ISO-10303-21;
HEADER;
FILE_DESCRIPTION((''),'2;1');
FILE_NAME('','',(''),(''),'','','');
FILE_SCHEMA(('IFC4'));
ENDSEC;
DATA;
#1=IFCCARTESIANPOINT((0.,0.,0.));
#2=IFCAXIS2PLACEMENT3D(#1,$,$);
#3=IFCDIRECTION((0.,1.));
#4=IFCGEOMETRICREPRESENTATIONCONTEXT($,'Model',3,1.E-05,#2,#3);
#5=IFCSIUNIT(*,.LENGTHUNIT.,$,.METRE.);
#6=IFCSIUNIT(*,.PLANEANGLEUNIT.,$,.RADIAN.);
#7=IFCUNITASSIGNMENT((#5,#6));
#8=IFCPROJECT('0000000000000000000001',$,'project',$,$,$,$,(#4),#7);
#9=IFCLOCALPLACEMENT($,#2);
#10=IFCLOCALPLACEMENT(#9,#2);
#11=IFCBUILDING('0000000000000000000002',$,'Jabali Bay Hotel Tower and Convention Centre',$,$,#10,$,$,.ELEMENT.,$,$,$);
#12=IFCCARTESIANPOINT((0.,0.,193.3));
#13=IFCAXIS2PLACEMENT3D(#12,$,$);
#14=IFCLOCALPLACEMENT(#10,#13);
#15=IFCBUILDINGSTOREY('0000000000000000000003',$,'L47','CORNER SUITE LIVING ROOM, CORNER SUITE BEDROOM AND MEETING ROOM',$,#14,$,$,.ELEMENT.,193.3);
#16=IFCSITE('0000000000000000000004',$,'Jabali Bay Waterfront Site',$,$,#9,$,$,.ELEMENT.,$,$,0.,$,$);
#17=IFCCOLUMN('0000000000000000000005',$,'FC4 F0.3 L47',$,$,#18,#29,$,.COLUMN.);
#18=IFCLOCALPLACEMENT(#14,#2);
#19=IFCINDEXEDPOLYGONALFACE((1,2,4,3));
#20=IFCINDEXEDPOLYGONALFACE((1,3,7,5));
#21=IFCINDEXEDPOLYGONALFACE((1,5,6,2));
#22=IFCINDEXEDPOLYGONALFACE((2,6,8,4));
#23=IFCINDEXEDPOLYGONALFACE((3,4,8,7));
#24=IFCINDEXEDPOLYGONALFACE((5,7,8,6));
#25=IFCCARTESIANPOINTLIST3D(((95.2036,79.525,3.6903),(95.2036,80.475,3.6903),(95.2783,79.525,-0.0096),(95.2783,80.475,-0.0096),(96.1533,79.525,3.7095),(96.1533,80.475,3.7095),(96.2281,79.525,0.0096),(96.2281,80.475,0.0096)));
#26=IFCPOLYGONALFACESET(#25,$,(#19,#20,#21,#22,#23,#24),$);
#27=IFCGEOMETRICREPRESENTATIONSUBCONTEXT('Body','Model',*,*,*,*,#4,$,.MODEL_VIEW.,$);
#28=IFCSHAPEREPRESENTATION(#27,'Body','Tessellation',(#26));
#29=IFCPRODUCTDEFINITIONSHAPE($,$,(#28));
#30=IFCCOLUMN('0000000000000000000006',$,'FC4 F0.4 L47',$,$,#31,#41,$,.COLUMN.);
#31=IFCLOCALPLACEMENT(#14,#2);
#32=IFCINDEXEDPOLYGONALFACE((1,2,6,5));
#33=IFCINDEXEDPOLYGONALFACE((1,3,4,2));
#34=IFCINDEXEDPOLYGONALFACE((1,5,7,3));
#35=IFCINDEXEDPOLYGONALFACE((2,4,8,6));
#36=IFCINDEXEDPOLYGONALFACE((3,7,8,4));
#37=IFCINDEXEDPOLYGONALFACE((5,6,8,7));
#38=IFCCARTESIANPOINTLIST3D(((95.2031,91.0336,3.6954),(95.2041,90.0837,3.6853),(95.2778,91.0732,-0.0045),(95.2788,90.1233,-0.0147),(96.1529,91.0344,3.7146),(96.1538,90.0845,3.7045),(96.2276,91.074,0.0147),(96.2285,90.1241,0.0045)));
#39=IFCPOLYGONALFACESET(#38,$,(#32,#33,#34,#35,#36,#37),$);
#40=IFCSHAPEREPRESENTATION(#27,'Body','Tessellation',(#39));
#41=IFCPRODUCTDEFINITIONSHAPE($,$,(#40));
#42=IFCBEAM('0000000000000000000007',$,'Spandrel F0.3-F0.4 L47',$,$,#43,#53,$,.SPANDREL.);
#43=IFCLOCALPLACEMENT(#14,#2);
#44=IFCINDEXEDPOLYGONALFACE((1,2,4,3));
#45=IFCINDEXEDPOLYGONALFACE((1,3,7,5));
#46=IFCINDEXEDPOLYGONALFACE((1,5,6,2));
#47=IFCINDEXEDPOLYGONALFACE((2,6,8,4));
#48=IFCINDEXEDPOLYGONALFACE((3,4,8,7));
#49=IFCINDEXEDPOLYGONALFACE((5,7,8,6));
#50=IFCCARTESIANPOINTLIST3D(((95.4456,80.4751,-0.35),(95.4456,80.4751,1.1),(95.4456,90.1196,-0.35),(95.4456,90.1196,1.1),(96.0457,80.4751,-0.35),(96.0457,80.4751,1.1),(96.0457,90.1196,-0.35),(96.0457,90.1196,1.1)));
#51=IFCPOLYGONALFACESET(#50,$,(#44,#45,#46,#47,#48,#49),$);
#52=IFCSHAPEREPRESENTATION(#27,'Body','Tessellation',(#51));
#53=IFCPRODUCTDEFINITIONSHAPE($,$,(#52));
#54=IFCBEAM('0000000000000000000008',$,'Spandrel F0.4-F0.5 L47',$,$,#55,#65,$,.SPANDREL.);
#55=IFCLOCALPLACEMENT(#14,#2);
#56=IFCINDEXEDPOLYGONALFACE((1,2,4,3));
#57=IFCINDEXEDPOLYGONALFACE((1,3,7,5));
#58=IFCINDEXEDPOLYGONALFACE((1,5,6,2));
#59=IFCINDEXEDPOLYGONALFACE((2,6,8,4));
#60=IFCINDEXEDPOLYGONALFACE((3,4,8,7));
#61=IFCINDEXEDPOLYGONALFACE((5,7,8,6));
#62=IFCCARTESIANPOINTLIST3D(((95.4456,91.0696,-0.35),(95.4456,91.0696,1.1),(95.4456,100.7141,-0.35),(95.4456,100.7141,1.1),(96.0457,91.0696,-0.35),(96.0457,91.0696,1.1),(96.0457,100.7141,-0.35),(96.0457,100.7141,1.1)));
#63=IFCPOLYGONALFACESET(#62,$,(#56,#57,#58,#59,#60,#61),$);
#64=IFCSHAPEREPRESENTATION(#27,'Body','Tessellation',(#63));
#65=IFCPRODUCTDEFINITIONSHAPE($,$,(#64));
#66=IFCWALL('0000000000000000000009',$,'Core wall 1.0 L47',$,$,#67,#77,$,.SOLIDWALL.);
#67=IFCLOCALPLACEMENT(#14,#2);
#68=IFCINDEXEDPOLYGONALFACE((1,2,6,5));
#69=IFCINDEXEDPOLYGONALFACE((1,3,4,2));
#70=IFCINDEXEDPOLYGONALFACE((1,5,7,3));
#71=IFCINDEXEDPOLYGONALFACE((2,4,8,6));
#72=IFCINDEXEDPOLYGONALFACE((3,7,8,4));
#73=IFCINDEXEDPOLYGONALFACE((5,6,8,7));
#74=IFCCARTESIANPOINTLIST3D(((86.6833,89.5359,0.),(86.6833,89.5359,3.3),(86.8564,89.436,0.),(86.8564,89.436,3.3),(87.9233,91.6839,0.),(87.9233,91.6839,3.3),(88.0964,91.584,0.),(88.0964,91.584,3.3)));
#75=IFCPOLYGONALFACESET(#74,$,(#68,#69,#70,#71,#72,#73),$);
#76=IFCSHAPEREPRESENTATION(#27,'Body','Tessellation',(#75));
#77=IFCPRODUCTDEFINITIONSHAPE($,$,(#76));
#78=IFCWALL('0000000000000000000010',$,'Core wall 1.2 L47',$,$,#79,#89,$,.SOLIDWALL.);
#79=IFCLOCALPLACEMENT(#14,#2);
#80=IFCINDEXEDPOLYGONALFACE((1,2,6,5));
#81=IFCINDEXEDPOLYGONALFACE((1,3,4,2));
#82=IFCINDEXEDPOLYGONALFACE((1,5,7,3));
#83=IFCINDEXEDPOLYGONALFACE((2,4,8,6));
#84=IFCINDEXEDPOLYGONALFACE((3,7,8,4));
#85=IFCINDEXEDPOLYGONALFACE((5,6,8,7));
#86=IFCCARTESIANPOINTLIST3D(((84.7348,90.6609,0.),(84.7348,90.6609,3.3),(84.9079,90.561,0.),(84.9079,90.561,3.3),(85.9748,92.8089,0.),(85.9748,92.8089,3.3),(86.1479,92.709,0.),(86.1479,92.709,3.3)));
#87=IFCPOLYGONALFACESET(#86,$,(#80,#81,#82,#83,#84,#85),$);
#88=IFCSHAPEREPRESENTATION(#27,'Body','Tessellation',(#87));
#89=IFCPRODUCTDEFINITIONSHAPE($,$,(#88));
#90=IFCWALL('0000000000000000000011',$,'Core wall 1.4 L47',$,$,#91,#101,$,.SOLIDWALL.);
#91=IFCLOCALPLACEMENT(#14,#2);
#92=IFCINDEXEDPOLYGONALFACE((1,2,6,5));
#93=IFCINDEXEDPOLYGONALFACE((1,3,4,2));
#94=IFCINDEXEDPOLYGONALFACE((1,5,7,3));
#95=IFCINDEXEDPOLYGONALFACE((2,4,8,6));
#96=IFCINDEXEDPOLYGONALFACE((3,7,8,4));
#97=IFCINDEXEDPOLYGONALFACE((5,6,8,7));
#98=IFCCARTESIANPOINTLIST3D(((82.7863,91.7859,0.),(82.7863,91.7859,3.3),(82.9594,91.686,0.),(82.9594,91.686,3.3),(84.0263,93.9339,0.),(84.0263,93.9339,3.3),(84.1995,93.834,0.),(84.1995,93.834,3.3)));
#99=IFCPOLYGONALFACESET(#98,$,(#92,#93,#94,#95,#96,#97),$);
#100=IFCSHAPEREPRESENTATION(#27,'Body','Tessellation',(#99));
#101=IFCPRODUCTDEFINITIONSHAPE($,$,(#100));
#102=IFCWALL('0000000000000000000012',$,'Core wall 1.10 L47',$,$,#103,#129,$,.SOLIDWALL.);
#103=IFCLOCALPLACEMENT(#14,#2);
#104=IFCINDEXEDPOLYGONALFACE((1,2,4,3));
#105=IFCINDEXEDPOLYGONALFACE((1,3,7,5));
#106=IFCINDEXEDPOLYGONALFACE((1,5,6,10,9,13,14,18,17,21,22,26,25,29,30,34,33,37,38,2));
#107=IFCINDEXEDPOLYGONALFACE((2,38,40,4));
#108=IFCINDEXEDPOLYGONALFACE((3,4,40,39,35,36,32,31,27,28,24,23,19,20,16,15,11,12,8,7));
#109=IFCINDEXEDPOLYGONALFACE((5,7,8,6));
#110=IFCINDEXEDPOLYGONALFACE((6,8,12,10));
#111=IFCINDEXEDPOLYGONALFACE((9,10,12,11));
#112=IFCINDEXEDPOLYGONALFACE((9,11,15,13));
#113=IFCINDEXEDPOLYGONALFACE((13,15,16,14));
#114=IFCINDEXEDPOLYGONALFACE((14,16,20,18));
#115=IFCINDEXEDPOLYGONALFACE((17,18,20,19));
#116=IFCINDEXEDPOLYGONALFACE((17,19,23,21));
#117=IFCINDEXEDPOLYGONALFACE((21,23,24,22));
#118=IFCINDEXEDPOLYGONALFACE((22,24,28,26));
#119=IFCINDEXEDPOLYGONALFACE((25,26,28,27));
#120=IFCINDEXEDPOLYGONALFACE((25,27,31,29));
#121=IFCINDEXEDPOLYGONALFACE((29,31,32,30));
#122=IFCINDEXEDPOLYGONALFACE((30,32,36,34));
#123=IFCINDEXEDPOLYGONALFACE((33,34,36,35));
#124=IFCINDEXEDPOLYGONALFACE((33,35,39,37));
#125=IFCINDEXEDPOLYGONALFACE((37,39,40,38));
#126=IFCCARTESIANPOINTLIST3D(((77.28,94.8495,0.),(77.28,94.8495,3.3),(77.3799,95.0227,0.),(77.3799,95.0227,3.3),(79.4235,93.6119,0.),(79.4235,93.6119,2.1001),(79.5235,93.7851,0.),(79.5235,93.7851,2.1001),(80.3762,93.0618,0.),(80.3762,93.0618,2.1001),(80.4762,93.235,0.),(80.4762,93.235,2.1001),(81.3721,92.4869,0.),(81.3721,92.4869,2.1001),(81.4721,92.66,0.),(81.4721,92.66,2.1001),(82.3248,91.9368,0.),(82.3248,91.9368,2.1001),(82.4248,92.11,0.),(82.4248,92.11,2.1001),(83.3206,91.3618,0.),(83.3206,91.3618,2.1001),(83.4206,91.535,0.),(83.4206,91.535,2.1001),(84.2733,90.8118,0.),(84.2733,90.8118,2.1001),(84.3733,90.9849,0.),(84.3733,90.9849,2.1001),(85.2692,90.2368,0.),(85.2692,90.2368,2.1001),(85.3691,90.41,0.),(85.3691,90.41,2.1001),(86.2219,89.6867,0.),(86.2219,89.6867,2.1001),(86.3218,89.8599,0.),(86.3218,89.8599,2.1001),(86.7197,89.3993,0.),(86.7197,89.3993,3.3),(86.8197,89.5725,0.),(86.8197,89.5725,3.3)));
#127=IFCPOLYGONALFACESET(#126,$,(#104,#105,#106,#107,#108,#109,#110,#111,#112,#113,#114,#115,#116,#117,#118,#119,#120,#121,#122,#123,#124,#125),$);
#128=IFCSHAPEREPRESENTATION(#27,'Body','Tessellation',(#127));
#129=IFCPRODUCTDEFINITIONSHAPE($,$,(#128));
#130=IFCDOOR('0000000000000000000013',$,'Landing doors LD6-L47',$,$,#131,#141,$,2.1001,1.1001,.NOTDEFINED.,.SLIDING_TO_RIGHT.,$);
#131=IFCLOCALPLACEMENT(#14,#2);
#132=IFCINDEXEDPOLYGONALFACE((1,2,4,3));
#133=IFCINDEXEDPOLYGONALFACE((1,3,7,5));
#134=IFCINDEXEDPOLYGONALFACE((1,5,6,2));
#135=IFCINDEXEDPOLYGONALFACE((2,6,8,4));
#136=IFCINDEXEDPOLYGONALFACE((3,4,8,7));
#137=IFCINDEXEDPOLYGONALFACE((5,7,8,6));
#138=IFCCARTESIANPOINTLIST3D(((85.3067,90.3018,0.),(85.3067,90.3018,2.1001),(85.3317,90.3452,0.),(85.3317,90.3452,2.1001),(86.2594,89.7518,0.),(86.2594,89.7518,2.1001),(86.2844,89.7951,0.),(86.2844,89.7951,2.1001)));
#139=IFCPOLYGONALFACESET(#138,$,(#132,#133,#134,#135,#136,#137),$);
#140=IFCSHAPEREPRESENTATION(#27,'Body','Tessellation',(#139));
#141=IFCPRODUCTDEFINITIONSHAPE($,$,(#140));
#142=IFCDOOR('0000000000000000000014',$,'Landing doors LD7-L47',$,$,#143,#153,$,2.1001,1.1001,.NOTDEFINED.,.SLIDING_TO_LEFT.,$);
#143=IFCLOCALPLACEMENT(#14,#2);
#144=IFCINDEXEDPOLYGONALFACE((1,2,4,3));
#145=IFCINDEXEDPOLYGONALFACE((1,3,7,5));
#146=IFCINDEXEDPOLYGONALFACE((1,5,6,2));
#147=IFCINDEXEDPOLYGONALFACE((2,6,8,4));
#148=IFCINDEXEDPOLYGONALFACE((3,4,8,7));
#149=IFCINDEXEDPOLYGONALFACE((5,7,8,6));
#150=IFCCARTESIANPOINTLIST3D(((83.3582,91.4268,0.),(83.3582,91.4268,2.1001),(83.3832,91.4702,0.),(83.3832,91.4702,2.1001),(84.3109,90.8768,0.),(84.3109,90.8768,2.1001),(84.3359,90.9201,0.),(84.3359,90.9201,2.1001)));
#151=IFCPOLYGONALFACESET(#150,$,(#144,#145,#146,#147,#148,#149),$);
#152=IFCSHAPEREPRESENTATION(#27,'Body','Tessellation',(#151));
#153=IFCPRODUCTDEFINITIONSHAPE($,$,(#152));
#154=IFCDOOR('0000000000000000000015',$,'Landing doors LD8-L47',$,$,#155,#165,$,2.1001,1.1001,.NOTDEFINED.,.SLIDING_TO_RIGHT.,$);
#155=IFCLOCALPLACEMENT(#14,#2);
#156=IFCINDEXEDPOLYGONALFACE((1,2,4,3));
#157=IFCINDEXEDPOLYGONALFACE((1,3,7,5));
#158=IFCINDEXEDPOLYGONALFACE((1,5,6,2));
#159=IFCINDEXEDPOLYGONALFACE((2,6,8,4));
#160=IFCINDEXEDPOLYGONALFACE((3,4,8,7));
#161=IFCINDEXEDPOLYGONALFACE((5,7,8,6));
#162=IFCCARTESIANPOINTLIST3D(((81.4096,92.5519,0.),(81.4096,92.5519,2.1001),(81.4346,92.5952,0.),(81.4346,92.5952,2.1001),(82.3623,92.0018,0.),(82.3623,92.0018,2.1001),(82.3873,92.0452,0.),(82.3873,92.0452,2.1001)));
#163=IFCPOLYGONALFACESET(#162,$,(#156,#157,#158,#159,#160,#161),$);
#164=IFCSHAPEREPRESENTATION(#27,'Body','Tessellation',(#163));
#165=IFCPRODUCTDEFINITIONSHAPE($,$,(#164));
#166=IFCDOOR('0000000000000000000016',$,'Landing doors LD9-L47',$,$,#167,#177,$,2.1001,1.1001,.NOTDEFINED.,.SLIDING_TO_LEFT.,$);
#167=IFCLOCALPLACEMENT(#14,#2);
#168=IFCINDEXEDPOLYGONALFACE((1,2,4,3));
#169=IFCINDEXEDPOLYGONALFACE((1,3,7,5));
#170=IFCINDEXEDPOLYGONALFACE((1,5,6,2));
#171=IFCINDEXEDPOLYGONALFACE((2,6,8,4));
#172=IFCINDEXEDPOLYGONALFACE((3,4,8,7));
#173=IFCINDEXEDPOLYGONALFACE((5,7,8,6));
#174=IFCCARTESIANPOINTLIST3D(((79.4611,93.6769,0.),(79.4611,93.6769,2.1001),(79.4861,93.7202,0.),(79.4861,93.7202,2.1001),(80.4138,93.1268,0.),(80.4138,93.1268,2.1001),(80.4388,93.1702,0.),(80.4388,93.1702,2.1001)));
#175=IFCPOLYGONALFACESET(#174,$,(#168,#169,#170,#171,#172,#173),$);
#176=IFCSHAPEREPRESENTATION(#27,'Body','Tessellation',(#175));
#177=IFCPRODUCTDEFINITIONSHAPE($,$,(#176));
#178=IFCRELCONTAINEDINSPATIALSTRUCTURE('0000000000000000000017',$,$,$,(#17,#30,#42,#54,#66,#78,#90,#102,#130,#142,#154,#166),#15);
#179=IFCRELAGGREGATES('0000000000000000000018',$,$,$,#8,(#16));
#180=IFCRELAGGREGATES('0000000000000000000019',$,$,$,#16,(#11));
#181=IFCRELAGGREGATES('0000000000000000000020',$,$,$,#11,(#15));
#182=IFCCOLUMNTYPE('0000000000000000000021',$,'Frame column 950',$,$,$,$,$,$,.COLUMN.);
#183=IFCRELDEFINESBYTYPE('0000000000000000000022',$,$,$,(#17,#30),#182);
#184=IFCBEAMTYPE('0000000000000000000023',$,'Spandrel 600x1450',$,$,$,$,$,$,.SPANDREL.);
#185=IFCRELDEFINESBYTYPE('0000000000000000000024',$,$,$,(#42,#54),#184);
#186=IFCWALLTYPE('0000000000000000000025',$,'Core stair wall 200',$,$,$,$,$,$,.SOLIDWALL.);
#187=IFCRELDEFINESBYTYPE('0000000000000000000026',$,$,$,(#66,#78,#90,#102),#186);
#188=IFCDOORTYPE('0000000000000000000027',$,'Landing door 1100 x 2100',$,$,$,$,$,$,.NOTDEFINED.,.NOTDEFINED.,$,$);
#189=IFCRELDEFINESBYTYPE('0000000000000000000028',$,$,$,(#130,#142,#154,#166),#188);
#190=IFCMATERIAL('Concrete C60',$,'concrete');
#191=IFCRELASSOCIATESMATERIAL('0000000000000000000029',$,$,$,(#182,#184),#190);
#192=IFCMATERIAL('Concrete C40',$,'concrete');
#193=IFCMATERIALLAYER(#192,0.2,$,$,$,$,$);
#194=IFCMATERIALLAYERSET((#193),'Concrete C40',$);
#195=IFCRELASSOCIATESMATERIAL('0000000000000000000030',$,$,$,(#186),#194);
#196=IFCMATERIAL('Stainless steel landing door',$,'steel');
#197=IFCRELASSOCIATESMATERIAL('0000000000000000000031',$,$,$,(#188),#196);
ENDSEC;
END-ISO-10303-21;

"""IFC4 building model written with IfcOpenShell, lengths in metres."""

from ifc_helpers import new_model, si_unit, direction, frame, frame_2d, origin, origin_2d, place, context, subcontext, project, spatial, rectangle, extrude, material, layer, layer_set, material_profile, profile_set, type_object, element, fill, save


model = new_model("IFC4")

# Units and contexts
model_context = context("Model", 3, precision=1e-05, world=origin(), true_north=direction((0.0, 1.0)))
body_context = subcontext(model_context, "Body", "Model", "MODEL_VIEW")
ifc_project = project(units=[si_unit("LENGTHUNIT", "METRE"), si_unit("PLANEANGLEUNIT", "RADIAN")], contexts=[model_context])

# Site, building, storey
site_placement = place(None, origin())
site = spatial("IfcSite", under=ifc_project, at=site_placement, Name="Jabali Bay Waterfront Site", CompositionType="ELEMENT", RefElevation=0.0)
building_placement = place(site_placement, origin())
building = spatial("IfcBuilding", under=site, at=building_placement, Name="Jabali Bay Hotel Tower and Convention Centre", CompositionType="ELEMENT")
storey_placement = place(building_placement, frame((0.0, 0.0, 193.3)))
storey = spatial("IfcBuildingStorey", under=building, at=storey_placement, Name="L47", Description="CORNER SUITE LIVING ROOM, CORNER SUITE BEDROOM AND MEETING ROOM", CompositionType="ELEMENT", Elevation=193.3)

# Columns
ifc_material_1 = material(Name="Concrete C60", Category="concrete")
ifc_material_profile_1 = material_profile(ifc_material_1, rectangle(XDim=0.95, YDim=0.95, at=origin_2d()), Name="Frame column 950")
ifc_profile_set_1 = profile_set([ifc_material_profile_1], Name="Concrete C60")
column_type = type_object("IfcColumnType", Name="Frame column 950", PredefinedType="COLUMN", material=ifc_profile_set_1)
column_1_placement = place(storey_placement, frame((95.7532, 80.0, 0.0), z_axis=(-0.020187, 0.0, 0.999796), x_axis=(0.0, -1.0, 0.0)))
element("IfcColumn", 1, at=column_1_placement, inside=storey, type_object=column_type, Name="FC4 F0.3 L47", PredefinedType="COLUMN", context=body_context, shape_type="SweptSolid", body=[
    extrude(rectangle(XDim=0.95, YDim=0.95, at=origin_2d()), origin(), (0.0, 0.0, 1.0), 3.7007),
])
column_2_placement = place(storey_placement, frame((95.7532, 90.5986, 0.0), z_axis=(-0.020186, -0.010687, 0.999739), x_axis=(0.999796, 0.000813, 0.020196)))
element("IfcColumn", 2, at=column_2_placement, inside=storey, type_object=column_type, Name="FC4 F0.4 L47", PredefinedType="COLUMN", context=body_context, shape_type="SweptSolid", body=[
    extrude(rectangle(XDim=0.95, YDim=0.95, at=origin_2d()), origin(), (0.0, 0.0, 1.0), 3.7009),
])

# Beams
ifc_material_profile_2 = material_profile(ifc_material_1, rectangle(XDim=0.6001, YDim=1.45, at=origin_2d()), Name="Spandrel 600x1450")
ifc_profile_set_2 = profile_set([ifc_material_profile_2], Name="Concrete C60")
beam_type = type_object("IfcBeamType", Name="Spandrel 600x1450", PredefinedType="SPANDREL", material=ifc_profile_set_2)
for number, where, z_axis, x_axis, name in (
    (3, (95.7456, 80.4751, 0.375), (0.0, 1.0, 0.0), (-1.0, 0.0, 0.0), "Spandrel F0.3-F0.4 L47"),
    (4, (95.7456, 91.0696, 0.375), (0.0, 1.0, 0.0), (-1.0, 0.0, 0.0), "Spandrel F0.4-F0.5 L47"),
):
    element("IfcBeam", number, at=place(storey_placement, frame(where, z_axis=z_axis, x_axis=x_axis)), inside=storey, type_object=beam_type, Name=name, PredefinedType="SPANDREL", context=body_context, shape_type="SweptSolid", body=[
        extrude(rectangle(XDim=0.6001, YDim=1.45, at=origin_2d()), origin(), (0.0, 0.0, 1.0), 9.6445),
    ])

# Walls
ifc_material_2 = material(Name="Concrete C40", Category="concrete")
ifc_layer_1 = layer(ifc_material_2, 0.2)
ifc_layer_set_1 = layer_set([ifc_layer_1], Name="Concrete C40")
wall_type_1 = type_object("IfcWallType", Name="Core stair wall 200", PredefinedType="SOLIDWALL", material=ifc_layer_set_1)
for number, where, z_axis, x_axis, name in (
    (5, (86.7698, 89.4858, 0.0), (0.0, 0.0, 1.0), (0.499961, 0.866048, 0.0), "Core wall 1.0 L47"),
    (6, (84.8213, 90.6108, 0.0), (0.0, 0.0, 1.0), (0.499961, 0.866048, 0.0), "Core wall 1.2 L47"),
    (7, (82.8728, 91.7358, 0.0), (0.0, 0.0, 1.0), (0.499961, 0.866048, 0.0), "Core wall 1.4 L47"),
):
    element("IfcWall", number, at=place(storey_placement, frame(where, z_axis=z_axis, x_axis=x_axis)), inside=storey, type_object=wall_type_1, Name=name, PredefinedType="SOLIDWALL", context=body_context, shape_type="SweptSolid", body=[
        extrude(rectangle(XDim=2.4802, YDim=0.2, at=frame_2d((1.2402, 0.0))), origin(), (0.0, 0.0, 1.0), 3.3),
    ])

# Wall, openings, doors
wall_1_placement = place(storey_placement, frame((86.7698, 89.4858, 0.0), z_axis=(0.0, 0.0, 1.0), x_axis=(-0.866018, 0.500013, 0.0)))
wall_1 = element("IfcWall", 8, at=wall_1_placement, inside=storey, type_object=wall_type_1, Name="Core wall 1.10 L47", PredefinedType="SOLIDWALL", context=body_context, shape_type="SweptSolid", body=[
    extrude(rectangle(XDim=10.9001, YDim=0.2, at=frame_2d((5.4502, 0.0))), origin(), (0.0, 0.0, 1.0), 3.3),
])
opening_1_placement = place(wall_1_placement, frame((0.575, 0.0, 0.0)))
opening_1 = element("IfcOpeningElement", 9, at=opening_1_placement, cuts=wall_1, PredefinedType="OPENING", context=body_context, shape_type="SweptSolid", body=[
    extrude(rectangle(XDim=1.1001, YDim=2.1001, at=frame_2d((0.55, 1.05))), frame((0.0, 0.1104, 0.0), z_axis=(0.0, -1.0, 0.0), x_axis=(1.0, 0.0, 0.0)), (0.0, 0.0, 1.0), 0.2209),
])
opening_2_placement = place(wall_1_placement, frame((2.825, 0.0, 0.0)))
opening_2 = element("IfcOpeningElement", 10, at=opening_2_placement, cuts=wall_1, PredefinedType="OPENING", context=body_context, shape_type="SweptSolid", body=[
    extrude(rectangle(XDim=1.1001, YDim=2.1001, at=frame_2d((0.55, 1.05))), frame((0.0, 0.1104, 0.0), z_axis=(0.0, -1.0, 0.0), x_axis=(1.0, 0.0, 0.0)), (0.0, 0.0, 1.0), 0.2209),
])
opening_3_placement = place(wall_1_placement, frame((5.075, 0.0, 0.0)))
opening_3 = element("IfcOpeningElement", 11, at=opening_3_placement, cuts=wall_1, PredefinedType="OPENING", context=body_context, shape_type="SweptSolid", body=[
    extrude(rectangle(XDim=1.1001, YDim=2.1001, at=frame_2d((0.55, 1.05))), frame((0.0, 0.1104, 0.0), z_axis=(0.0, -1.0, 0.0), x_axis=(1.0, 0.0, 0.0)), (0.0, 0.0, 1.0), 0.2209),
])
opening_4_placement = place(wall_1_placement, frame((7.325, 0.0, 0.0)))
opening_4 = element("IfcOpeningElement", 12, at=opening_4_placement, cuts=wall_1, PredefinedType="OPENING", context=body_context, shape_type="SweptSolid", body=[
    extrude(rectangle(XDim=1.1001, YDim=2.1001, at=frame_2d((0.55, 1.05))), frame((0.0, 0.1104, 0.0), z_axis=(0.0, -1.0, 0.0), x_axis=(1.0, 0.0, 0.0)), (0.0, 0.0, 1.0), 0.2209),
])
ifc_material_3 = material(Name="Stainless steel landing door", Category="steel")
door_type_1 = type_object("IfcDoorType", Name="Landing door 1100 x 2100", OperationType="NOTDEFINED", PredefinedType="NOTDEFINED", material=ifc_material_3)
door_1_placement = place(opening_1_placement, origin())
door_1 = element("IfcDoor", 13, at=door_1_placement, inside=storey, type_object=door_type_1, Name="Landing doors LD6-L47", OperationType="SLIDING_TO_RIGHT", OverallHeight=2.1001, OverallWidth=1.1001, PredefinedType="NOTDEFINED", context=body_context, shape_type="SweptSolid", body=[
    extrude(rectangle(XDim=1.1001, YDim=2.1001, at=frame_2d((0.55, 1.05))), frame((0.0, 0.0249, 0.0), z_axis=(0.0, -1.0, 0.0), x_axis=(1.0, 0.0, 0.0)), (0.0, 0.0, 1.0), 0.05),
])
fill(opening_1, door_1)
door_2_placement = place(opening_2_placement, origin())
door_2 = element("IfcDoor", 14, at=door_2_placement, inside=storey, type_object=door_type_1, Name="Landing doors LD7-L47", OperationType="SLIDING_TO_LEFT", OverallHeight=2.1001, OverallWidth=1.1001, PredefinedType="NOTDEFINED", context=body_context, shape_type="SweptSolid", body=[
    extrude(rectangle(XDim=1.1001, YDim=2.1001, at=frame_2d((0.55, 1.05))), frame((0.0, 0.0249, 0.0), z_axis=(0.0, -1.0, 0.0), x_axis=(1.0, 0.0, 0.0)), (0.0, 0.0, 1.0), 0.05),
])
fill(opening_2, door_2)
door_3_placement = place(opening_3_placement, origin())
door_3 = element("IfcDoor", 15, at=door_3_placement, inside=storey, type_object=door_type_1, Name="Landing doors LD8-L47", OperationType="SLIDING_TO_RIGHT", OverallHeight=2.1001, OverallWidth=1.1001, PredefinedType="NOTDEFINED", context=body_context, shape_type="SweptSolid", body=[
    extrude(rectangle(XDim=1.1001, YDim=2.1001, at=frame_2d((0.55, 1.05))), frame((0.0, 0.0249, 0.0), z_axis=(0.0, -1.0, 0.0), x_axis=(1.0, 0.0, 0.0)), (0.0, 0.0, 1.0), 0.05),
])
fill(opening_3, door_3)
door_4_placement = place(opening_4_placement, origin())
door_4 = element("IfcDoor", 16, at=door_4_placement, inside=storey, type_object=door_type_1, Name="Landing doors LD9-L47", OperationType="SLIDING_TO_LEFT", OverallHeight=2.1001, OverallWidth=1.1001, PredefinedType="NOTDEFINED", context=body_context, shape_type="SweptSolid", body=[
    extrude(rectangle(XDim=1.1001, YDim=2.1001, at=frame_2d((0.55, 1.05))), frame((0.0, 0.0249, 0.0), z_axis=(0.0, -1.0, 0.0), x_axis=(1.0, 0.0, 0.0)), (0.0, 0.0, 1.0), 0.05),
])
fill(opening_4, door_4)

save(model, "model.ifc")
